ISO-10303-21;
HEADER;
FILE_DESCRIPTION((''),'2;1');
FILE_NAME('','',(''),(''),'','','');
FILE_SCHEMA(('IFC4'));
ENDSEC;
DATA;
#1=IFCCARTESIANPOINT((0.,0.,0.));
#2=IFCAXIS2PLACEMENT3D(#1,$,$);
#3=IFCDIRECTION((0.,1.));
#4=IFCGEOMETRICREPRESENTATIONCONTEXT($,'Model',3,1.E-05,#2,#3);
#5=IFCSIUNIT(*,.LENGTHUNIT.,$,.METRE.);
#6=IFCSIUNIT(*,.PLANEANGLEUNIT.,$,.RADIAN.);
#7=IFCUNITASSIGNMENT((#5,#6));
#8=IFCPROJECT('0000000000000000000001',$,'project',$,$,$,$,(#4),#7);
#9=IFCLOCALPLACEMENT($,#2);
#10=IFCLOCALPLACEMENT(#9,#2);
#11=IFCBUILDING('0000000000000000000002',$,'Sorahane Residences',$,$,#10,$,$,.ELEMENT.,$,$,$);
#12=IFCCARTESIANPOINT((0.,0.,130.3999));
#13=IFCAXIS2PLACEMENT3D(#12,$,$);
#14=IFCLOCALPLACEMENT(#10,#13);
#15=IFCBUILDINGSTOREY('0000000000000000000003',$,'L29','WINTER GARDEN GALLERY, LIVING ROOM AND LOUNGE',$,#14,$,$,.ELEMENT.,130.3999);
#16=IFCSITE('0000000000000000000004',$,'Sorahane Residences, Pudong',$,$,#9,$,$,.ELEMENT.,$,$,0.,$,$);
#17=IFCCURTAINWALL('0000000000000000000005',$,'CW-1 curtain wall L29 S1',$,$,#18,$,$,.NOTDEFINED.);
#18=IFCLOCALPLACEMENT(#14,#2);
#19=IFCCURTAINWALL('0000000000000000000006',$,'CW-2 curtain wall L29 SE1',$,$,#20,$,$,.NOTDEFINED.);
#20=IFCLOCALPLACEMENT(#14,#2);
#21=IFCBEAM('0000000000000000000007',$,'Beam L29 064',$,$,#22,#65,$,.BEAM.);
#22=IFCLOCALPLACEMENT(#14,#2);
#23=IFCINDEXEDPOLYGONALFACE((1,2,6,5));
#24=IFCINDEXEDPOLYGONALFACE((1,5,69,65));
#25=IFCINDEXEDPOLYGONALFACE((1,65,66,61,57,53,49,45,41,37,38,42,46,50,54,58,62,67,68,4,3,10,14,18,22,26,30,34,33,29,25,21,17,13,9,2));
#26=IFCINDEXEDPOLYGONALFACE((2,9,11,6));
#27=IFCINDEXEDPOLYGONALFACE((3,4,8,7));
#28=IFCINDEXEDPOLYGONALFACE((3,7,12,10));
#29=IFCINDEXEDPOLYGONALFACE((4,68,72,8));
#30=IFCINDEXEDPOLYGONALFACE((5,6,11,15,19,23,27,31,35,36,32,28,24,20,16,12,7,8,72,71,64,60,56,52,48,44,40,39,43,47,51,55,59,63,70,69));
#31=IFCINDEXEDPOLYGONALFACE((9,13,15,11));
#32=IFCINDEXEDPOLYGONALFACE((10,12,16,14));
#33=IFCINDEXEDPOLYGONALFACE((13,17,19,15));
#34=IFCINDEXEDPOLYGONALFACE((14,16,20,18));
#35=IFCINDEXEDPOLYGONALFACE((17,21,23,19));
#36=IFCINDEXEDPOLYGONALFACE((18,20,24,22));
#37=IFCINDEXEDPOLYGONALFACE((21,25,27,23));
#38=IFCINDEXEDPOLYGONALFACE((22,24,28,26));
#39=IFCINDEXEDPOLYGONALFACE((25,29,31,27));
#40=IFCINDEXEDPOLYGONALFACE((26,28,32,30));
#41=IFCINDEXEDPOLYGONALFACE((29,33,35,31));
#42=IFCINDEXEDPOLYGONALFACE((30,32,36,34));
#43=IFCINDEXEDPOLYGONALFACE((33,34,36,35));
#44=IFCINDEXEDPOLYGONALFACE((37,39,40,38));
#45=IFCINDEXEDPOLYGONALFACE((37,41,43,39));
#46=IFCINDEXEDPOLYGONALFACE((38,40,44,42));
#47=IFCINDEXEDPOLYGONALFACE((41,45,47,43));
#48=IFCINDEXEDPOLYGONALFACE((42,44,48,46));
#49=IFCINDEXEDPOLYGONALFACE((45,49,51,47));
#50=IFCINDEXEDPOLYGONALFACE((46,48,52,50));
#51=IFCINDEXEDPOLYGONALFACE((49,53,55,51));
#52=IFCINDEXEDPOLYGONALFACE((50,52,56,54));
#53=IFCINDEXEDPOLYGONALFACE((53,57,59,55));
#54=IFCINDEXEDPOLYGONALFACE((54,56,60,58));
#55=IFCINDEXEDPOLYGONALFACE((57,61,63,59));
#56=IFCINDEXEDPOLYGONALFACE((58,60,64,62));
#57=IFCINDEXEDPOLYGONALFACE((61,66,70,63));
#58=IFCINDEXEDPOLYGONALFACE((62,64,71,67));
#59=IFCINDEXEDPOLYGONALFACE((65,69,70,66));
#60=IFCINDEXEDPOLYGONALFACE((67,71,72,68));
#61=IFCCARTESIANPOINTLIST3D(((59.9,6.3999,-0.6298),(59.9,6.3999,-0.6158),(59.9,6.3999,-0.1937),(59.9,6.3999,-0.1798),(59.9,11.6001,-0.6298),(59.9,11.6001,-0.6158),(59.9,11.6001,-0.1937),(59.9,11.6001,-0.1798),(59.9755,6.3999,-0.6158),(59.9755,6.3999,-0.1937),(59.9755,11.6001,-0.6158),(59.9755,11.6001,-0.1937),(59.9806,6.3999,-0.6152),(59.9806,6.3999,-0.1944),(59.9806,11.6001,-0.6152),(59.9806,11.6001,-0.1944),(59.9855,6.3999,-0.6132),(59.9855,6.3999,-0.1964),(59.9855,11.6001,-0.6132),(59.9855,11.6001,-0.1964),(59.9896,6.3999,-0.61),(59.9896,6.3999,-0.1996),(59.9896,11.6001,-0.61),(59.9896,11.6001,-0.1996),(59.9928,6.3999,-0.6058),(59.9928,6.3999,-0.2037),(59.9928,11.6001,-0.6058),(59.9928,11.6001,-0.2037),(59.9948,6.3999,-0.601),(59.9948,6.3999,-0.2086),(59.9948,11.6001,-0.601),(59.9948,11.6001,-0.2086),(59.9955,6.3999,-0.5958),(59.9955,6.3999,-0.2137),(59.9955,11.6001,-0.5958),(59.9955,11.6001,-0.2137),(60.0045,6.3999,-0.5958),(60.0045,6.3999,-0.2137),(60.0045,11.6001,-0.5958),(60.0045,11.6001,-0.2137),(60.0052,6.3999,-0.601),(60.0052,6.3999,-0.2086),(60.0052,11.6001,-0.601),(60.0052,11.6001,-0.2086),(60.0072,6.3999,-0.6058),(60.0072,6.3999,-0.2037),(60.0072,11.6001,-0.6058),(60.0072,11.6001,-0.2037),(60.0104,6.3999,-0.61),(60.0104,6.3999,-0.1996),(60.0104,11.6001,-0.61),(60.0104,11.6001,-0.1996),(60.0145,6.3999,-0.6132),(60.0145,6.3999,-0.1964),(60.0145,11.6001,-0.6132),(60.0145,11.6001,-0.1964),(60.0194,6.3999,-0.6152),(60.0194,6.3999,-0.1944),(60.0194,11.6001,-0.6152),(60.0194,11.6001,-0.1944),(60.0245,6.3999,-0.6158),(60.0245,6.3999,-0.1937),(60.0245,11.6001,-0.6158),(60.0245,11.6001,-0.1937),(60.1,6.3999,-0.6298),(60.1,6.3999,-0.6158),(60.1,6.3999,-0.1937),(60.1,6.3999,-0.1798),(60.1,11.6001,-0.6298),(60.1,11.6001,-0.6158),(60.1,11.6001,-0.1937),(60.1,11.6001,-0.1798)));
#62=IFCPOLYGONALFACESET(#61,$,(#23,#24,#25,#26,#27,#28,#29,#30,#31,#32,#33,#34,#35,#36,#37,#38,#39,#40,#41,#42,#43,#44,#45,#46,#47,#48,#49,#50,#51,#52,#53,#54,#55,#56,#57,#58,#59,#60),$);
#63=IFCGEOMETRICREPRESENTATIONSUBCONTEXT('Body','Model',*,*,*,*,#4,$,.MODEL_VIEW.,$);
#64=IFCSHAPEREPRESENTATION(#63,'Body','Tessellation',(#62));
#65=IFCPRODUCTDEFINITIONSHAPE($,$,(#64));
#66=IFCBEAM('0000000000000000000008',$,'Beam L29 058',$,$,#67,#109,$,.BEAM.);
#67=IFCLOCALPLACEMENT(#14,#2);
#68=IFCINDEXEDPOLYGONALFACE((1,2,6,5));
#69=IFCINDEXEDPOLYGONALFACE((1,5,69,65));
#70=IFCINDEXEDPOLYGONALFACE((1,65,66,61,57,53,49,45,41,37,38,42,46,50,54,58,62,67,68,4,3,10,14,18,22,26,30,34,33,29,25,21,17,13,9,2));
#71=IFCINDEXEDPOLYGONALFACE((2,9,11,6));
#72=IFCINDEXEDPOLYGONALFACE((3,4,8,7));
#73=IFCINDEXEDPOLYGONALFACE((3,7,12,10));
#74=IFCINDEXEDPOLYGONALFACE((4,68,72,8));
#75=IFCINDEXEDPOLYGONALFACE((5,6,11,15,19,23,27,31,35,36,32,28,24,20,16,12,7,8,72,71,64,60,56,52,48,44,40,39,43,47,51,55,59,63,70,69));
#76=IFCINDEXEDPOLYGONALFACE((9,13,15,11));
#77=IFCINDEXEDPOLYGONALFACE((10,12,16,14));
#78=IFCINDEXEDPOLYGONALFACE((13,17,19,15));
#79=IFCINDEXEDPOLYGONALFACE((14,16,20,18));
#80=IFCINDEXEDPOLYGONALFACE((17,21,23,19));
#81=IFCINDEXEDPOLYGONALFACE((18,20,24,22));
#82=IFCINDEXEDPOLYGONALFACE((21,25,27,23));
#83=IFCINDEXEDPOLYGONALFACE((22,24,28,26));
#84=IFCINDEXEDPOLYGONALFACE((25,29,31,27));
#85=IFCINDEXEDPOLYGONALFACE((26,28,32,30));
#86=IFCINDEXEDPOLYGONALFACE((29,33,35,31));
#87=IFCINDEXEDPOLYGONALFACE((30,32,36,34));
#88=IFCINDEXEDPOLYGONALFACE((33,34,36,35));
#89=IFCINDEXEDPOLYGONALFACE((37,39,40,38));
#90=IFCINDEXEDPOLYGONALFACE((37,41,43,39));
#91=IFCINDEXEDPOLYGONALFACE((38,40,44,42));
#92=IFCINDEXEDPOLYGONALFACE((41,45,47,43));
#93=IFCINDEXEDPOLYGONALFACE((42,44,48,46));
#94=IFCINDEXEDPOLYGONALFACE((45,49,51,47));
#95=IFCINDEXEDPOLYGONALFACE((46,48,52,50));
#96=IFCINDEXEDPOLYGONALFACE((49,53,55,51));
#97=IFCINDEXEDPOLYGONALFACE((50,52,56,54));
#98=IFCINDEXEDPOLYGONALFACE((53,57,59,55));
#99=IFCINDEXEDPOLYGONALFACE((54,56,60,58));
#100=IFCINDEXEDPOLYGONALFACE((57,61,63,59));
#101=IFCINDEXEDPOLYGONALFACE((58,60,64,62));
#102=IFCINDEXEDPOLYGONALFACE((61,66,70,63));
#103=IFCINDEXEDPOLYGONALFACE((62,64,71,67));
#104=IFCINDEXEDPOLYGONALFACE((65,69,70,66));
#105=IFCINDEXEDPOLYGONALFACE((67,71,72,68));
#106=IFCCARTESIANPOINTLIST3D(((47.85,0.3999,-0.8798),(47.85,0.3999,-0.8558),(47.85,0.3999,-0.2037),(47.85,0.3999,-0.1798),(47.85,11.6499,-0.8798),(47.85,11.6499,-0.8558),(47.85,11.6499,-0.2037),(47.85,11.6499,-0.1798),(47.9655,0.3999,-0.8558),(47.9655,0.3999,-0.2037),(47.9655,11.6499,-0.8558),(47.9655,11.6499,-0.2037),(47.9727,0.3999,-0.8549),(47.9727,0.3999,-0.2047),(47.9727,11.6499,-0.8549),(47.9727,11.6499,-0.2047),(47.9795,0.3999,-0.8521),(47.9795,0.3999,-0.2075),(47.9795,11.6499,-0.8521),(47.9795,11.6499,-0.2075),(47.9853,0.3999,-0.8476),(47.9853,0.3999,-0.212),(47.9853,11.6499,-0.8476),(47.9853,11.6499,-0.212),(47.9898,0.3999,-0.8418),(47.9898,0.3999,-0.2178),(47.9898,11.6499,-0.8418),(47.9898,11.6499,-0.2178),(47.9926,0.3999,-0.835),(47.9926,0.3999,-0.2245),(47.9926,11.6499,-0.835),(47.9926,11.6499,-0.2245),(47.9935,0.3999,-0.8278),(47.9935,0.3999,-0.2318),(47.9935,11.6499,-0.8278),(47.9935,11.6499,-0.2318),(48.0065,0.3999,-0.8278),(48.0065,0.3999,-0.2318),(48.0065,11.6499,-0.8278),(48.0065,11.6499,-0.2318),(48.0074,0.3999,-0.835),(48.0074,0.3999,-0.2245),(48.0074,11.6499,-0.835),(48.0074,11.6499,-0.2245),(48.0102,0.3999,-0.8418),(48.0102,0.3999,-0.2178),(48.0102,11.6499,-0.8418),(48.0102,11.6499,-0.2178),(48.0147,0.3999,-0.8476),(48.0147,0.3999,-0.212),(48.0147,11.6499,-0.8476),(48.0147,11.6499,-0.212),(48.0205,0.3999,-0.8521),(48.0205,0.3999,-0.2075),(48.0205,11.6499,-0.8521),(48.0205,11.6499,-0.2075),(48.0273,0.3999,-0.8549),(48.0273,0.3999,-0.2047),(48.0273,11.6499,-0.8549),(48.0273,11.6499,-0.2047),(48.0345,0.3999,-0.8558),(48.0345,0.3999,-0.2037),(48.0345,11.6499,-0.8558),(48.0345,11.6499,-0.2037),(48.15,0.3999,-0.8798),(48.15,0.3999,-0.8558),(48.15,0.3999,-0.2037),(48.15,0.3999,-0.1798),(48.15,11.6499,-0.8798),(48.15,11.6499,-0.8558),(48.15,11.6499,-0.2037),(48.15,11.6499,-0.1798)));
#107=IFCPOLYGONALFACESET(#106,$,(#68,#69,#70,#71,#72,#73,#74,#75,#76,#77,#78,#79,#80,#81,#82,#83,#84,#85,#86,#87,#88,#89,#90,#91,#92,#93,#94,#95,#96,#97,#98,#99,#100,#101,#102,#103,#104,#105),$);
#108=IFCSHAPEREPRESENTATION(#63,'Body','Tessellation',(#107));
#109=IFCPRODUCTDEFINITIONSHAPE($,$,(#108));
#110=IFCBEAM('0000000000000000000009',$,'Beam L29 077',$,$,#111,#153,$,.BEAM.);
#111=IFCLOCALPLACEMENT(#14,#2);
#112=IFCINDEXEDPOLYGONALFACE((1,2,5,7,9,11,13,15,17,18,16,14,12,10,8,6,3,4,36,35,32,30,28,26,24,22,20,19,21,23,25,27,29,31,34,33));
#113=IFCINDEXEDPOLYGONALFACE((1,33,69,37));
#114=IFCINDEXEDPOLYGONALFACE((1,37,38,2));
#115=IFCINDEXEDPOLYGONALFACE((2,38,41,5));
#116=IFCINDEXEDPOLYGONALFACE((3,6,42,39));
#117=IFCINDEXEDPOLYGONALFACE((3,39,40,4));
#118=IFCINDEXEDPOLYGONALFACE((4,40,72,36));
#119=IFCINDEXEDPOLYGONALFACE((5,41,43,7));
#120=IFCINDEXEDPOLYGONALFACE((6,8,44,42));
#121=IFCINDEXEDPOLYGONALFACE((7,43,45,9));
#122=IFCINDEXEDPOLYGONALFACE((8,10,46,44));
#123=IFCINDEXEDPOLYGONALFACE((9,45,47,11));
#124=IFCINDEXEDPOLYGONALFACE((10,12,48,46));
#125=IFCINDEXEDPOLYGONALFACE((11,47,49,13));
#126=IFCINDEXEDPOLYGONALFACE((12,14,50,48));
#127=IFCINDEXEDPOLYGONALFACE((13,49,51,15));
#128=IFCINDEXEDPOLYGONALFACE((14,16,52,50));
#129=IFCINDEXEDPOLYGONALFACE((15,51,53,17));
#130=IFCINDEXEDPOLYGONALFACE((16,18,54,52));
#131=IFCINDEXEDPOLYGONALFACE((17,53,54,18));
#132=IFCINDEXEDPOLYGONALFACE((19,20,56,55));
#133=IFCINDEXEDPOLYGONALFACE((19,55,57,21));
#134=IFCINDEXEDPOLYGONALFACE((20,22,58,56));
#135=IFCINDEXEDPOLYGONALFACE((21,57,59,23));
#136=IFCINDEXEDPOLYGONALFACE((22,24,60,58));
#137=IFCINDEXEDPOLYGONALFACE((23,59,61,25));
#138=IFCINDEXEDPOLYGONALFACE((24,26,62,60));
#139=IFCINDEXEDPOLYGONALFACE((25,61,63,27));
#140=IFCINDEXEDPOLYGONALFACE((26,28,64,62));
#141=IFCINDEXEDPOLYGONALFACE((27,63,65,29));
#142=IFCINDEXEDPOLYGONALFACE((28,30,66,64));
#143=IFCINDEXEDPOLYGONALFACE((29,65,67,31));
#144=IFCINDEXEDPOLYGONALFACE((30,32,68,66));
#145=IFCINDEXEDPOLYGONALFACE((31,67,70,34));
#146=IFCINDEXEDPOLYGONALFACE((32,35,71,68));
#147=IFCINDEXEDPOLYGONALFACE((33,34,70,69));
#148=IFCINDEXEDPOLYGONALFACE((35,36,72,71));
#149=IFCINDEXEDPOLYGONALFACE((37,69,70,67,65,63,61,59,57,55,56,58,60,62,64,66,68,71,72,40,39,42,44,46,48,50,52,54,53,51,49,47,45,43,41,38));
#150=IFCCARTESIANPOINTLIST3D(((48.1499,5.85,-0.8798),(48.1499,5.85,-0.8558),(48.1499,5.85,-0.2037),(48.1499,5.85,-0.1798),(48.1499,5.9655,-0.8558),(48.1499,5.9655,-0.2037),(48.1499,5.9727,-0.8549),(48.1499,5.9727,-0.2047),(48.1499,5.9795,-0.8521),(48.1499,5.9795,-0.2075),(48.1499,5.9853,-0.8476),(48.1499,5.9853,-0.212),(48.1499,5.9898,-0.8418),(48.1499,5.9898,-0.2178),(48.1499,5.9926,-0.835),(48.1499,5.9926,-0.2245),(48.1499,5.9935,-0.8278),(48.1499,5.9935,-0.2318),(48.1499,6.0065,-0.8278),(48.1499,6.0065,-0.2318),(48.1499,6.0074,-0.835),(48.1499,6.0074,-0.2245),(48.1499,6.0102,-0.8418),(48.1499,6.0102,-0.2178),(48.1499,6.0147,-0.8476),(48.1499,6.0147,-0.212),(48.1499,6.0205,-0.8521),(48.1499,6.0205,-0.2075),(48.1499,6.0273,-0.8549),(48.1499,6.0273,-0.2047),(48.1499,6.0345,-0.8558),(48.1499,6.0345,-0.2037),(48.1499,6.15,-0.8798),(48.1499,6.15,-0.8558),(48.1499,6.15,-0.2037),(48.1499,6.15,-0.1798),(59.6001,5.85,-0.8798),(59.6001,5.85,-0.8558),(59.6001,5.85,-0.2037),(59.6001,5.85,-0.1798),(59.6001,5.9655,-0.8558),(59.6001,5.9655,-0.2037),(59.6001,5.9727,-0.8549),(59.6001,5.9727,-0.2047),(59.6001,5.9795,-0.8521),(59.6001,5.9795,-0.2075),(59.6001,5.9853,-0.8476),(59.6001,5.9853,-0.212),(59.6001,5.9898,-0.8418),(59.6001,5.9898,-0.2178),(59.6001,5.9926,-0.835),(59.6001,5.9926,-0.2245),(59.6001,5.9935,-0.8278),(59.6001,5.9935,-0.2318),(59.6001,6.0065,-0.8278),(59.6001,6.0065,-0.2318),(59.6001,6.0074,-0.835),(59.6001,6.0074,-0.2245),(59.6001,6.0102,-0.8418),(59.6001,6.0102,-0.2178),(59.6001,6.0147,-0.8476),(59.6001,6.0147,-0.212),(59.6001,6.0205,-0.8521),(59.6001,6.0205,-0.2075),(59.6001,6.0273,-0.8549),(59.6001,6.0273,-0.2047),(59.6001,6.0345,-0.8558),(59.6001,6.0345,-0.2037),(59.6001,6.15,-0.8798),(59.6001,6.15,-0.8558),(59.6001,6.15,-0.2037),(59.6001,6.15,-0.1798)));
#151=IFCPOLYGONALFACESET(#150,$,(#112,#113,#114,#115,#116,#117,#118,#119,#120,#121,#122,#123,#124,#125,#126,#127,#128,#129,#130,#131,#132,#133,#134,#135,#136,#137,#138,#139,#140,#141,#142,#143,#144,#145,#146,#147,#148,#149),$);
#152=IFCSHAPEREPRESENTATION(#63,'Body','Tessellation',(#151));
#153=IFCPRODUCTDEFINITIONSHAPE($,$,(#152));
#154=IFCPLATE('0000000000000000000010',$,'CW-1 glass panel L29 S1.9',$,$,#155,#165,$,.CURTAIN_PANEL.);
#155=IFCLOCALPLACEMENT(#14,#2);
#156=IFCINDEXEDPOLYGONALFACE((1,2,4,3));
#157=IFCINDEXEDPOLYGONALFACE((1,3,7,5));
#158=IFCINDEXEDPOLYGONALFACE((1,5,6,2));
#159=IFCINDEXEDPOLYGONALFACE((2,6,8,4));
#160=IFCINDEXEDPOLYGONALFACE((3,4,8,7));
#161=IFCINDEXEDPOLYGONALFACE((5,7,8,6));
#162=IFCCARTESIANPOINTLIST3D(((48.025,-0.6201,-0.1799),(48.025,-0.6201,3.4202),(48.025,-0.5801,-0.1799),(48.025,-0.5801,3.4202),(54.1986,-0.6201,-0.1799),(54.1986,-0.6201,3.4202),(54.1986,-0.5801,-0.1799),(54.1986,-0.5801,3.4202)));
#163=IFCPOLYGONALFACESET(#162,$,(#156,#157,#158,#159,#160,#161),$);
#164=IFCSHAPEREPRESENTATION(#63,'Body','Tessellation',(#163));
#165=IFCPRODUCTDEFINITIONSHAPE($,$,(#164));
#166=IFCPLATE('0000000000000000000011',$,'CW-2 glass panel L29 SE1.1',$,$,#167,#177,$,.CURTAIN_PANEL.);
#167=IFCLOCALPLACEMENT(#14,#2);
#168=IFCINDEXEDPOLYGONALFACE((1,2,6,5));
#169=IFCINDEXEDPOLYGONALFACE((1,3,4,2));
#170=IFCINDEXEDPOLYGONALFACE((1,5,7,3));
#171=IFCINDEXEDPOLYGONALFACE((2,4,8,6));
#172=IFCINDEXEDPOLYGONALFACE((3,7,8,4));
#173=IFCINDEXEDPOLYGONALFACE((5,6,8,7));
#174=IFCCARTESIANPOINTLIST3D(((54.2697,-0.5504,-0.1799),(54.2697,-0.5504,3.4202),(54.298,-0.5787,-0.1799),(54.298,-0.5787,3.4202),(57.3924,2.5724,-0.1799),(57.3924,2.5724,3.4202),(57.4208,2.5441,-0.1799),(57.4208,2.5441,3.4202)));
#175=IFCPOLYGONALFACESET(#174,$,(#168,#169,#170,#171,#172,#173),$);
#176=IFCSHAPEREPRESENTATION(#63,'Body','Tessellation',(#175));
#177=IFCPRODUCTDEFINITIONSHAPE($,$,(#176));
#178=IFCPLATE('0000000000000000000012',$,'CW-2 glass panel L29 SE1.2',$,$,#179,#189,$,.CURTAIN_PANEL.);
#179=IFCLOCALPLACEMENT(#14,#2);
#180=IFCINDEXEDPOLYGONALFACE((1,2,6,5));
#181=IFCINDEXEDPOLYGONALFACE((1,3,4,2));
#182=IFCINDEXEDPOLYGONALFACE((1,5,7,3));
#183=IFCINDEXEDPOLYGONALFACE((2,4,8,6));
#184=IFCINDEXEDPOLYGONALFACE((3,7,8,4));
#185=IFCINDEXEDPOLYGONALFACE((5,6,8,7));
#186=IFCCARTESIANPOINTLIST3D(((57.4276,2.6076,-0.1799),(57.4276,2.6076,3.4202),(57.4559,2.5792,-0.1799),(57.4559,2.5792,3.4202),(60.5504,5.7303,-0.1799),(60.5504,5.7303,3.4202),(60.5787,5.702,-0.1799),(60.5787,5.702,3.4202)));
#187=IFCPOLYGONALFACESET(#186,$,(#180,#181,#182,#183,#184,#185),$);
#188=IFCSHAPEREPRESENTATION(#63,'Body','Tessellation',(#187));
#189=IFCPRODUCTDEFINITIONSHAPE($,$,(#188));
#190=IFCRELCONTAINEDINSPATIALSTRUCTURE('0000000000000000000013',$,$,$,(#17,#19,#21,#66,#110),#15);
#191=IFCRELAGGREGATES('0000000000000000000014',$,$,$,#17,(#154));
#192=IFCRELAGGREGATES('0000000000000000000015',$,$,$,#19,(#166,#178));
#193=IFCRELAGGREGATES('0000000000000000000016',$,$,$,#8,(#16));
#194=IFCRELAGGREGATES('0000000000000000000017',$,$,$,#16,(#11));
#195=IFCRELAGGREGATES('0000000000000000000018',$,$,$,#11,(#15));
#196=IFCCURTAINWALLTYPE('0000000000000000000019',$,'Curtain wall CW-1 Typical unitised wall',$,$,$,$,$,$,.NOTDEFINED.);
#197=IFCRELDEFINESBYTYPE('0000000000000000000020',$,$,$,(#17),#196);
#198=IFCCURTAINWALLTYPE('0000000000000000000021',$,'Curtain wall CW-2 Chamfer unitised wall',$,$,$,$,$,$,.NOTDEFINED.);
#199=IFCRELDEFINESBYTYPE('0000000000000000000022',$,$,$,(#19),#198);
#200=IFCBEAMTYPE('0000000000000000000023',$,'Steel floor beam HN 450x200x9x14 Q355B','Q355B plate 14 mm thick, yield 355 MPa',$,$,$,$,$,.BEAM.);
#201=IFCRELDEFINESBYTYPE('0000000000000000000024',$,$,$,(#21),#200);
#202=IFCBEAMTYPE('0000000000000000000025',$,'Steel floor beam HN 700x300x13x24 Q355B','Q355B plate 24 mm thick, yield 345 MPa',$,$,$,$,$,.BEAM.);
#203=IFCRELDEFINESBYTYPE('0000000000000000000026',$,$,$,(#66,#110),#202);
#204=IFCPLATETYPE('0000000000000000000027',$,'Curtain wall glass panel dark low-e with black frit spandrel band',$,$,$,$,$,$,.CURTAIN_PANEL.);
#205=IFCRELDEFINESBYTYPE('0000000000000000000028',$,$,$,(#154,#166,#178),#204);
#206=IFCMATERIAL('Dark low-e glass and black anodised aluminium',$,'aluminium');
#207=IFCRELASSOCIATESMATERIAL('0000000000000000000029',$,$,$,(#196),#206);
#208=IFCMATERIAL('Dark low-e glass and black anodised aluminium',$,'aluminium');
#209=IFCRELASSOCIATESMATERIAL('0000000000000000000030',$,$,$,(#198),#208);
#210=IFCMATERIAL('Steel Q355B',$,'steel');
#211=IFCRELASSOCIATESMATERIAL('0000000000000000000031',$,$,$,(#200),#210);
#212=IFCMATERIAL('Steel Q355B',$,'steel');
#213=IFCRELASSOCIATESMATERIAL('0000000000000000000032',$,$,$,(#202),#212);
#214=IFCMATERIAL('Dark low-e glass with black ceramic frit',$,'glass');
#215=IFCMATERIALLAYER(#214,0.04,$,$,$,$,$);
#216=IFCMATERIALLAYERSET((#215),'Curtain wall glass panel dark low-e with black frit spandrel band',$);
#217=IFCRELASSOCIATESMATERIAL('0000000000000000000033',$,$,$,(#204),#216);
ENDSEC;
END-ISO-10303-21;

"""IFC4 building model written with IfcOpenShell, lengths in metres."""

from ifc_helpers import new_model, si_unit, direction, frame, origin, origin_2d, place, context, subcontext, project, spatial, rectangle, i_section, extrude, material, layer, layer_set, material_profile, profile_set, type_object, element, aggregate, save


model = new_model("IFC4")

# Units and contexts
model_context = context("Model", 3, precision=1e-05, world=origin(), true_north=direction((0.0, 1.0)))
body_context = subcontext(model_context, "Body", "Model", "MODEL_VIEW")
ifc_project = project(units=[si_unit("LENGTHUNIT", "METRE"), si_unit("PLANEANGLEUNIT", "RADIAN")], contexts=[model_context])

# Site, building, storey
site_placement = place(None, origin())
site = spatial("IfcSite", under=ifc_project, at=site_placement, Name="Sorahane Residences, Pudong", CompositionType="ELEMENT", RefElevation=0.0)
building_placement = place(site_placement, origin())
building = spatial("IfcBuilding", under=site, at=building_placement, Name="Sorahane Residences", CompositionType="ELEMENT")
storey_placement = place(building_placement, frame((0.0, 0.0, 130.3999)))
storey = spatial("IfcBuildingStorey", under=building, at=storey_placement, Name="L29", Description="WINTER GARDEN GALLERY, LIVING ROOM AND LOUNGE", CompositionType="ELEMENT", Elevation=130.3999)

# Curtain wall
ifc_material_1 = material(Name="Dark low-e glass and black anodised aluminium", Category="aluminium")
curtain_wall_type_1 = type_object("IfcCurtainWallType", Name="Curtain wall CW-1 Typical unitised wall", PredefinedType="NOTDEFINED", material=ifc_material_1)
curtain_wall_1_placement = place(storey_placement, origin())
curtain_wall_1 = element("IfcCurtainWall", 1, at=curtain_wall_1_placement, inside=storey, type_object=curtain_wall_type_1, Name="CW-1 curtain wall L29 S1", PredefinedType="NOTDEFINED")

# Curtain wall
ifc_material_2 = material(Name="Dark low-e glass and black anodised aluminium", Category="aluminium")
curtain_wall_type_2 = type_object("IfcCurtainWallType", Name="Curtain wall CW-2 Chamfer unitised wall", PredefinedType="NOTDEFINED", material=ifc_material_2)
curtain_wall_2_placement = place(storey_placement, origin())
curtain_wall_2 = element("IfcCurtainWall", 2, at=curtain_wall_2_placement, inside=storey, type_object=curtain_wall_type_2, Name="CW-2 curtain wall L29 SE1", PredefinedType="NOTDEFINED")

# Beams
ifc_material_3 = material(Name="Steel Q355B", Category="steel")
ifc_material_profile_1 = material_profile(ifc_material_3, i_section(OverallWidth=0.2, OverallDepth=0.45, WebThickness=0.009, FlangeThickness=0.0139, FilletRadius=0.02, at=origin_2d()), Name="HN 450x200x9x14")
ifc_profile_set_1 = profile_set([ifc_material_profile_1], Name="Steel Q355B")
beam_type_1 = type_object("IfcBeamType", Name="Steel floor beam HN 450x200x9x14 Q355B", Description="Q355B plate 14 mm thick, yield 355 MPa", PredefinedType="BEAM", material=ifc_profile_set_1)
for number, where, z_axis, x_axis, name in (
    (3, (60.0, 6.3999, -0.4048), (0.0, 1.0, 0.0), (-1.0, 0.0, 0.0), "Beam L29 064"),
):
    element("IfcBeam", number, at=place(storey_placement, frame(where, z_axis=z_axis, x_axis=x_axis)), inside=storey, type_object=beam_type_1, Name=name, PredefinedType="BEAM", context=body_context, shape_type="SweptSolid", body=[
        extrude(i_section(OverallWidth=0.2, OverallDepth=0.45, WebThickness=0.009, FlangeThickness=0.0139, FilletRadius=0.02, at=origin_2d()), origin(), (0.0, 0.0, 1.0), 5.2002),
    ])
ifc_material_4 = material(Name="Steel Q355B", Category="steel")
ifc_material_profile_2 = material_profile(ifc_material_4, i_section(OverallWidth=0.3, OverallDepth=0.7, WebThickness=0.0129, FlangeThickness=0.0239, FilletRadius=0.0281, at=origin_2d()), Name="HN 700x300x13x24")
ifc_profile_set_2 = profile_set([ifc_material_profile_2], Name="Steel Q355B")
beam_type_2 = type_object("IfcBeamType", Name="Steel floor beam HN 700x300x13x24 Q355B", Description="Q355B plate 24 mm thick, yield 345 MPa", PredefinedType="BEAM", material=ifc_profile_set_2)
beam_1_placement = place(storey_placement, frame((48.0, 0.3999, -0.5298), z_axis=(0.0, 1.0, 0.0), x_axis=(-1.0, 0.0, 0.0)))
element("IfcBeam", 4, at=beam_1_placement, inside=storey, type_object=beam_type_2, Name="Beam L29 058", PredefinedType="BEAM", context=body_context, shape_type="SweptSolid", body=[
    extrude(i_section(OverallWidth=0.3, OverallDepth=0.7, WebThickness=0.0129, FlangeThickness=0.0239, FilletRadius=0.0281, at=origin_2d()), origin(), (0.0, 0.0, 1.0), 11.25),
])
beam_2_placement = place(storey_placement, frame((48.1499, 6.0, -0.5298), z_axis=(1.0, 0.0, 0.0), x_axis=(0.0, 1.0, 0.0)))
element("IfcBeam", 5, at=beam_2_placement, inside=storey, type_object=beam_type_2, Name="Beam L29 077", PredefinedType="BEAM", context=body_context, shape_type="SweptSolid", body=[
    extrude(i_section(OverallWidth=0.3, OverallDepth=0.7, WebThickness=0.0129, FlangeThickness=0.0239, FilletRadius=0.0281, at=origin_2d()), origin(), (0.0, 0.0, 1.0), 11.4502),
])

# Plates
ifc_material_5 = material(Name="Dark low-e glass with black ceramic frit", Category="glass")
ifc_layer_1 = layer(ifc_material_5, 0.04)
ifc_layer_set_1 = layer_set([ifc_layer_1], Name="Curtain wall glass panel dark low-e with black frit spandrel band")
plate_type = type_object("IfcPlateType", Name="Curtain wall glass panel dark low-e with black frit spandrel band", PredefinedType="CURTAIN_PANEL", material=ifc_layer_set_1)
plate_1_placement = place(storey_placement, frame((51.1118, -0.6001, -0.1799), z_axis=(0.0, 0.0, 1.0), x_axis=(1.0, 0.0, 0.0)))
plate_1 = element("IfcPlate", 6, at=plate_1_placement, type_object=plate_type, Name="CW-1 glass panel L29 S1.9", PredefinedType="CURTAIN_PANEL", context=body_context, shape_type="SweptSolid", body=[
    extrude(rectangle(XDim=6.1736, YDim=0.04, at=origin_2d()), origin(), (0.0, 0.0, 1.0), 3.6001),
])
aggregate(curtain_wall_1, [plate_1])
plate_2_placement = place(storey_placement, frame((55.8452, 0.9968, -0.1799), z_axis=(0.0, 0.0, 1.0), x_axis=(0.707107, 0.707107, 0.0)))
plate_2 = element("IfcPlate", 7, at=plate_2_placement, type_object=plate_type, Name="CW-2 glass panel L29 SE1.1", PredefinedType="CURTAIN_PANEL", context=body_context, shape_type="SweptSolid", body=[
    extrude(rectangle(XDim=4.4163, YDim=0.04, at=origin_2d()), origin(), (0.0, 0.0, 1.0), 3.6001),
])
plate_3_placement = place(storey_placement, frame((59.0032, 4.1548, -0.1799), z_axis=(0.0, 0.0, 1.0), x_axis=(0.707107, 0.707107, 0.0)))
plate_3 = element("IfcPlate", 8, at=plate_3_placement, type_object=plate_type, Name="CW-2 glass panel L29 SE1.2", PredefinedType="CURTAIN_PANEL", context=body_context, shape_type="SweptSolid", body=[
    extrude(rectangle(XDim=4.4163, YDim=0.04, at=origin_2d()), origin(), (0.0, 0.0, 1.0), 3.6001),
])
aggregate(curtain_wall_2, [plate_2, plate_3])

save(model, "model.ifc")
